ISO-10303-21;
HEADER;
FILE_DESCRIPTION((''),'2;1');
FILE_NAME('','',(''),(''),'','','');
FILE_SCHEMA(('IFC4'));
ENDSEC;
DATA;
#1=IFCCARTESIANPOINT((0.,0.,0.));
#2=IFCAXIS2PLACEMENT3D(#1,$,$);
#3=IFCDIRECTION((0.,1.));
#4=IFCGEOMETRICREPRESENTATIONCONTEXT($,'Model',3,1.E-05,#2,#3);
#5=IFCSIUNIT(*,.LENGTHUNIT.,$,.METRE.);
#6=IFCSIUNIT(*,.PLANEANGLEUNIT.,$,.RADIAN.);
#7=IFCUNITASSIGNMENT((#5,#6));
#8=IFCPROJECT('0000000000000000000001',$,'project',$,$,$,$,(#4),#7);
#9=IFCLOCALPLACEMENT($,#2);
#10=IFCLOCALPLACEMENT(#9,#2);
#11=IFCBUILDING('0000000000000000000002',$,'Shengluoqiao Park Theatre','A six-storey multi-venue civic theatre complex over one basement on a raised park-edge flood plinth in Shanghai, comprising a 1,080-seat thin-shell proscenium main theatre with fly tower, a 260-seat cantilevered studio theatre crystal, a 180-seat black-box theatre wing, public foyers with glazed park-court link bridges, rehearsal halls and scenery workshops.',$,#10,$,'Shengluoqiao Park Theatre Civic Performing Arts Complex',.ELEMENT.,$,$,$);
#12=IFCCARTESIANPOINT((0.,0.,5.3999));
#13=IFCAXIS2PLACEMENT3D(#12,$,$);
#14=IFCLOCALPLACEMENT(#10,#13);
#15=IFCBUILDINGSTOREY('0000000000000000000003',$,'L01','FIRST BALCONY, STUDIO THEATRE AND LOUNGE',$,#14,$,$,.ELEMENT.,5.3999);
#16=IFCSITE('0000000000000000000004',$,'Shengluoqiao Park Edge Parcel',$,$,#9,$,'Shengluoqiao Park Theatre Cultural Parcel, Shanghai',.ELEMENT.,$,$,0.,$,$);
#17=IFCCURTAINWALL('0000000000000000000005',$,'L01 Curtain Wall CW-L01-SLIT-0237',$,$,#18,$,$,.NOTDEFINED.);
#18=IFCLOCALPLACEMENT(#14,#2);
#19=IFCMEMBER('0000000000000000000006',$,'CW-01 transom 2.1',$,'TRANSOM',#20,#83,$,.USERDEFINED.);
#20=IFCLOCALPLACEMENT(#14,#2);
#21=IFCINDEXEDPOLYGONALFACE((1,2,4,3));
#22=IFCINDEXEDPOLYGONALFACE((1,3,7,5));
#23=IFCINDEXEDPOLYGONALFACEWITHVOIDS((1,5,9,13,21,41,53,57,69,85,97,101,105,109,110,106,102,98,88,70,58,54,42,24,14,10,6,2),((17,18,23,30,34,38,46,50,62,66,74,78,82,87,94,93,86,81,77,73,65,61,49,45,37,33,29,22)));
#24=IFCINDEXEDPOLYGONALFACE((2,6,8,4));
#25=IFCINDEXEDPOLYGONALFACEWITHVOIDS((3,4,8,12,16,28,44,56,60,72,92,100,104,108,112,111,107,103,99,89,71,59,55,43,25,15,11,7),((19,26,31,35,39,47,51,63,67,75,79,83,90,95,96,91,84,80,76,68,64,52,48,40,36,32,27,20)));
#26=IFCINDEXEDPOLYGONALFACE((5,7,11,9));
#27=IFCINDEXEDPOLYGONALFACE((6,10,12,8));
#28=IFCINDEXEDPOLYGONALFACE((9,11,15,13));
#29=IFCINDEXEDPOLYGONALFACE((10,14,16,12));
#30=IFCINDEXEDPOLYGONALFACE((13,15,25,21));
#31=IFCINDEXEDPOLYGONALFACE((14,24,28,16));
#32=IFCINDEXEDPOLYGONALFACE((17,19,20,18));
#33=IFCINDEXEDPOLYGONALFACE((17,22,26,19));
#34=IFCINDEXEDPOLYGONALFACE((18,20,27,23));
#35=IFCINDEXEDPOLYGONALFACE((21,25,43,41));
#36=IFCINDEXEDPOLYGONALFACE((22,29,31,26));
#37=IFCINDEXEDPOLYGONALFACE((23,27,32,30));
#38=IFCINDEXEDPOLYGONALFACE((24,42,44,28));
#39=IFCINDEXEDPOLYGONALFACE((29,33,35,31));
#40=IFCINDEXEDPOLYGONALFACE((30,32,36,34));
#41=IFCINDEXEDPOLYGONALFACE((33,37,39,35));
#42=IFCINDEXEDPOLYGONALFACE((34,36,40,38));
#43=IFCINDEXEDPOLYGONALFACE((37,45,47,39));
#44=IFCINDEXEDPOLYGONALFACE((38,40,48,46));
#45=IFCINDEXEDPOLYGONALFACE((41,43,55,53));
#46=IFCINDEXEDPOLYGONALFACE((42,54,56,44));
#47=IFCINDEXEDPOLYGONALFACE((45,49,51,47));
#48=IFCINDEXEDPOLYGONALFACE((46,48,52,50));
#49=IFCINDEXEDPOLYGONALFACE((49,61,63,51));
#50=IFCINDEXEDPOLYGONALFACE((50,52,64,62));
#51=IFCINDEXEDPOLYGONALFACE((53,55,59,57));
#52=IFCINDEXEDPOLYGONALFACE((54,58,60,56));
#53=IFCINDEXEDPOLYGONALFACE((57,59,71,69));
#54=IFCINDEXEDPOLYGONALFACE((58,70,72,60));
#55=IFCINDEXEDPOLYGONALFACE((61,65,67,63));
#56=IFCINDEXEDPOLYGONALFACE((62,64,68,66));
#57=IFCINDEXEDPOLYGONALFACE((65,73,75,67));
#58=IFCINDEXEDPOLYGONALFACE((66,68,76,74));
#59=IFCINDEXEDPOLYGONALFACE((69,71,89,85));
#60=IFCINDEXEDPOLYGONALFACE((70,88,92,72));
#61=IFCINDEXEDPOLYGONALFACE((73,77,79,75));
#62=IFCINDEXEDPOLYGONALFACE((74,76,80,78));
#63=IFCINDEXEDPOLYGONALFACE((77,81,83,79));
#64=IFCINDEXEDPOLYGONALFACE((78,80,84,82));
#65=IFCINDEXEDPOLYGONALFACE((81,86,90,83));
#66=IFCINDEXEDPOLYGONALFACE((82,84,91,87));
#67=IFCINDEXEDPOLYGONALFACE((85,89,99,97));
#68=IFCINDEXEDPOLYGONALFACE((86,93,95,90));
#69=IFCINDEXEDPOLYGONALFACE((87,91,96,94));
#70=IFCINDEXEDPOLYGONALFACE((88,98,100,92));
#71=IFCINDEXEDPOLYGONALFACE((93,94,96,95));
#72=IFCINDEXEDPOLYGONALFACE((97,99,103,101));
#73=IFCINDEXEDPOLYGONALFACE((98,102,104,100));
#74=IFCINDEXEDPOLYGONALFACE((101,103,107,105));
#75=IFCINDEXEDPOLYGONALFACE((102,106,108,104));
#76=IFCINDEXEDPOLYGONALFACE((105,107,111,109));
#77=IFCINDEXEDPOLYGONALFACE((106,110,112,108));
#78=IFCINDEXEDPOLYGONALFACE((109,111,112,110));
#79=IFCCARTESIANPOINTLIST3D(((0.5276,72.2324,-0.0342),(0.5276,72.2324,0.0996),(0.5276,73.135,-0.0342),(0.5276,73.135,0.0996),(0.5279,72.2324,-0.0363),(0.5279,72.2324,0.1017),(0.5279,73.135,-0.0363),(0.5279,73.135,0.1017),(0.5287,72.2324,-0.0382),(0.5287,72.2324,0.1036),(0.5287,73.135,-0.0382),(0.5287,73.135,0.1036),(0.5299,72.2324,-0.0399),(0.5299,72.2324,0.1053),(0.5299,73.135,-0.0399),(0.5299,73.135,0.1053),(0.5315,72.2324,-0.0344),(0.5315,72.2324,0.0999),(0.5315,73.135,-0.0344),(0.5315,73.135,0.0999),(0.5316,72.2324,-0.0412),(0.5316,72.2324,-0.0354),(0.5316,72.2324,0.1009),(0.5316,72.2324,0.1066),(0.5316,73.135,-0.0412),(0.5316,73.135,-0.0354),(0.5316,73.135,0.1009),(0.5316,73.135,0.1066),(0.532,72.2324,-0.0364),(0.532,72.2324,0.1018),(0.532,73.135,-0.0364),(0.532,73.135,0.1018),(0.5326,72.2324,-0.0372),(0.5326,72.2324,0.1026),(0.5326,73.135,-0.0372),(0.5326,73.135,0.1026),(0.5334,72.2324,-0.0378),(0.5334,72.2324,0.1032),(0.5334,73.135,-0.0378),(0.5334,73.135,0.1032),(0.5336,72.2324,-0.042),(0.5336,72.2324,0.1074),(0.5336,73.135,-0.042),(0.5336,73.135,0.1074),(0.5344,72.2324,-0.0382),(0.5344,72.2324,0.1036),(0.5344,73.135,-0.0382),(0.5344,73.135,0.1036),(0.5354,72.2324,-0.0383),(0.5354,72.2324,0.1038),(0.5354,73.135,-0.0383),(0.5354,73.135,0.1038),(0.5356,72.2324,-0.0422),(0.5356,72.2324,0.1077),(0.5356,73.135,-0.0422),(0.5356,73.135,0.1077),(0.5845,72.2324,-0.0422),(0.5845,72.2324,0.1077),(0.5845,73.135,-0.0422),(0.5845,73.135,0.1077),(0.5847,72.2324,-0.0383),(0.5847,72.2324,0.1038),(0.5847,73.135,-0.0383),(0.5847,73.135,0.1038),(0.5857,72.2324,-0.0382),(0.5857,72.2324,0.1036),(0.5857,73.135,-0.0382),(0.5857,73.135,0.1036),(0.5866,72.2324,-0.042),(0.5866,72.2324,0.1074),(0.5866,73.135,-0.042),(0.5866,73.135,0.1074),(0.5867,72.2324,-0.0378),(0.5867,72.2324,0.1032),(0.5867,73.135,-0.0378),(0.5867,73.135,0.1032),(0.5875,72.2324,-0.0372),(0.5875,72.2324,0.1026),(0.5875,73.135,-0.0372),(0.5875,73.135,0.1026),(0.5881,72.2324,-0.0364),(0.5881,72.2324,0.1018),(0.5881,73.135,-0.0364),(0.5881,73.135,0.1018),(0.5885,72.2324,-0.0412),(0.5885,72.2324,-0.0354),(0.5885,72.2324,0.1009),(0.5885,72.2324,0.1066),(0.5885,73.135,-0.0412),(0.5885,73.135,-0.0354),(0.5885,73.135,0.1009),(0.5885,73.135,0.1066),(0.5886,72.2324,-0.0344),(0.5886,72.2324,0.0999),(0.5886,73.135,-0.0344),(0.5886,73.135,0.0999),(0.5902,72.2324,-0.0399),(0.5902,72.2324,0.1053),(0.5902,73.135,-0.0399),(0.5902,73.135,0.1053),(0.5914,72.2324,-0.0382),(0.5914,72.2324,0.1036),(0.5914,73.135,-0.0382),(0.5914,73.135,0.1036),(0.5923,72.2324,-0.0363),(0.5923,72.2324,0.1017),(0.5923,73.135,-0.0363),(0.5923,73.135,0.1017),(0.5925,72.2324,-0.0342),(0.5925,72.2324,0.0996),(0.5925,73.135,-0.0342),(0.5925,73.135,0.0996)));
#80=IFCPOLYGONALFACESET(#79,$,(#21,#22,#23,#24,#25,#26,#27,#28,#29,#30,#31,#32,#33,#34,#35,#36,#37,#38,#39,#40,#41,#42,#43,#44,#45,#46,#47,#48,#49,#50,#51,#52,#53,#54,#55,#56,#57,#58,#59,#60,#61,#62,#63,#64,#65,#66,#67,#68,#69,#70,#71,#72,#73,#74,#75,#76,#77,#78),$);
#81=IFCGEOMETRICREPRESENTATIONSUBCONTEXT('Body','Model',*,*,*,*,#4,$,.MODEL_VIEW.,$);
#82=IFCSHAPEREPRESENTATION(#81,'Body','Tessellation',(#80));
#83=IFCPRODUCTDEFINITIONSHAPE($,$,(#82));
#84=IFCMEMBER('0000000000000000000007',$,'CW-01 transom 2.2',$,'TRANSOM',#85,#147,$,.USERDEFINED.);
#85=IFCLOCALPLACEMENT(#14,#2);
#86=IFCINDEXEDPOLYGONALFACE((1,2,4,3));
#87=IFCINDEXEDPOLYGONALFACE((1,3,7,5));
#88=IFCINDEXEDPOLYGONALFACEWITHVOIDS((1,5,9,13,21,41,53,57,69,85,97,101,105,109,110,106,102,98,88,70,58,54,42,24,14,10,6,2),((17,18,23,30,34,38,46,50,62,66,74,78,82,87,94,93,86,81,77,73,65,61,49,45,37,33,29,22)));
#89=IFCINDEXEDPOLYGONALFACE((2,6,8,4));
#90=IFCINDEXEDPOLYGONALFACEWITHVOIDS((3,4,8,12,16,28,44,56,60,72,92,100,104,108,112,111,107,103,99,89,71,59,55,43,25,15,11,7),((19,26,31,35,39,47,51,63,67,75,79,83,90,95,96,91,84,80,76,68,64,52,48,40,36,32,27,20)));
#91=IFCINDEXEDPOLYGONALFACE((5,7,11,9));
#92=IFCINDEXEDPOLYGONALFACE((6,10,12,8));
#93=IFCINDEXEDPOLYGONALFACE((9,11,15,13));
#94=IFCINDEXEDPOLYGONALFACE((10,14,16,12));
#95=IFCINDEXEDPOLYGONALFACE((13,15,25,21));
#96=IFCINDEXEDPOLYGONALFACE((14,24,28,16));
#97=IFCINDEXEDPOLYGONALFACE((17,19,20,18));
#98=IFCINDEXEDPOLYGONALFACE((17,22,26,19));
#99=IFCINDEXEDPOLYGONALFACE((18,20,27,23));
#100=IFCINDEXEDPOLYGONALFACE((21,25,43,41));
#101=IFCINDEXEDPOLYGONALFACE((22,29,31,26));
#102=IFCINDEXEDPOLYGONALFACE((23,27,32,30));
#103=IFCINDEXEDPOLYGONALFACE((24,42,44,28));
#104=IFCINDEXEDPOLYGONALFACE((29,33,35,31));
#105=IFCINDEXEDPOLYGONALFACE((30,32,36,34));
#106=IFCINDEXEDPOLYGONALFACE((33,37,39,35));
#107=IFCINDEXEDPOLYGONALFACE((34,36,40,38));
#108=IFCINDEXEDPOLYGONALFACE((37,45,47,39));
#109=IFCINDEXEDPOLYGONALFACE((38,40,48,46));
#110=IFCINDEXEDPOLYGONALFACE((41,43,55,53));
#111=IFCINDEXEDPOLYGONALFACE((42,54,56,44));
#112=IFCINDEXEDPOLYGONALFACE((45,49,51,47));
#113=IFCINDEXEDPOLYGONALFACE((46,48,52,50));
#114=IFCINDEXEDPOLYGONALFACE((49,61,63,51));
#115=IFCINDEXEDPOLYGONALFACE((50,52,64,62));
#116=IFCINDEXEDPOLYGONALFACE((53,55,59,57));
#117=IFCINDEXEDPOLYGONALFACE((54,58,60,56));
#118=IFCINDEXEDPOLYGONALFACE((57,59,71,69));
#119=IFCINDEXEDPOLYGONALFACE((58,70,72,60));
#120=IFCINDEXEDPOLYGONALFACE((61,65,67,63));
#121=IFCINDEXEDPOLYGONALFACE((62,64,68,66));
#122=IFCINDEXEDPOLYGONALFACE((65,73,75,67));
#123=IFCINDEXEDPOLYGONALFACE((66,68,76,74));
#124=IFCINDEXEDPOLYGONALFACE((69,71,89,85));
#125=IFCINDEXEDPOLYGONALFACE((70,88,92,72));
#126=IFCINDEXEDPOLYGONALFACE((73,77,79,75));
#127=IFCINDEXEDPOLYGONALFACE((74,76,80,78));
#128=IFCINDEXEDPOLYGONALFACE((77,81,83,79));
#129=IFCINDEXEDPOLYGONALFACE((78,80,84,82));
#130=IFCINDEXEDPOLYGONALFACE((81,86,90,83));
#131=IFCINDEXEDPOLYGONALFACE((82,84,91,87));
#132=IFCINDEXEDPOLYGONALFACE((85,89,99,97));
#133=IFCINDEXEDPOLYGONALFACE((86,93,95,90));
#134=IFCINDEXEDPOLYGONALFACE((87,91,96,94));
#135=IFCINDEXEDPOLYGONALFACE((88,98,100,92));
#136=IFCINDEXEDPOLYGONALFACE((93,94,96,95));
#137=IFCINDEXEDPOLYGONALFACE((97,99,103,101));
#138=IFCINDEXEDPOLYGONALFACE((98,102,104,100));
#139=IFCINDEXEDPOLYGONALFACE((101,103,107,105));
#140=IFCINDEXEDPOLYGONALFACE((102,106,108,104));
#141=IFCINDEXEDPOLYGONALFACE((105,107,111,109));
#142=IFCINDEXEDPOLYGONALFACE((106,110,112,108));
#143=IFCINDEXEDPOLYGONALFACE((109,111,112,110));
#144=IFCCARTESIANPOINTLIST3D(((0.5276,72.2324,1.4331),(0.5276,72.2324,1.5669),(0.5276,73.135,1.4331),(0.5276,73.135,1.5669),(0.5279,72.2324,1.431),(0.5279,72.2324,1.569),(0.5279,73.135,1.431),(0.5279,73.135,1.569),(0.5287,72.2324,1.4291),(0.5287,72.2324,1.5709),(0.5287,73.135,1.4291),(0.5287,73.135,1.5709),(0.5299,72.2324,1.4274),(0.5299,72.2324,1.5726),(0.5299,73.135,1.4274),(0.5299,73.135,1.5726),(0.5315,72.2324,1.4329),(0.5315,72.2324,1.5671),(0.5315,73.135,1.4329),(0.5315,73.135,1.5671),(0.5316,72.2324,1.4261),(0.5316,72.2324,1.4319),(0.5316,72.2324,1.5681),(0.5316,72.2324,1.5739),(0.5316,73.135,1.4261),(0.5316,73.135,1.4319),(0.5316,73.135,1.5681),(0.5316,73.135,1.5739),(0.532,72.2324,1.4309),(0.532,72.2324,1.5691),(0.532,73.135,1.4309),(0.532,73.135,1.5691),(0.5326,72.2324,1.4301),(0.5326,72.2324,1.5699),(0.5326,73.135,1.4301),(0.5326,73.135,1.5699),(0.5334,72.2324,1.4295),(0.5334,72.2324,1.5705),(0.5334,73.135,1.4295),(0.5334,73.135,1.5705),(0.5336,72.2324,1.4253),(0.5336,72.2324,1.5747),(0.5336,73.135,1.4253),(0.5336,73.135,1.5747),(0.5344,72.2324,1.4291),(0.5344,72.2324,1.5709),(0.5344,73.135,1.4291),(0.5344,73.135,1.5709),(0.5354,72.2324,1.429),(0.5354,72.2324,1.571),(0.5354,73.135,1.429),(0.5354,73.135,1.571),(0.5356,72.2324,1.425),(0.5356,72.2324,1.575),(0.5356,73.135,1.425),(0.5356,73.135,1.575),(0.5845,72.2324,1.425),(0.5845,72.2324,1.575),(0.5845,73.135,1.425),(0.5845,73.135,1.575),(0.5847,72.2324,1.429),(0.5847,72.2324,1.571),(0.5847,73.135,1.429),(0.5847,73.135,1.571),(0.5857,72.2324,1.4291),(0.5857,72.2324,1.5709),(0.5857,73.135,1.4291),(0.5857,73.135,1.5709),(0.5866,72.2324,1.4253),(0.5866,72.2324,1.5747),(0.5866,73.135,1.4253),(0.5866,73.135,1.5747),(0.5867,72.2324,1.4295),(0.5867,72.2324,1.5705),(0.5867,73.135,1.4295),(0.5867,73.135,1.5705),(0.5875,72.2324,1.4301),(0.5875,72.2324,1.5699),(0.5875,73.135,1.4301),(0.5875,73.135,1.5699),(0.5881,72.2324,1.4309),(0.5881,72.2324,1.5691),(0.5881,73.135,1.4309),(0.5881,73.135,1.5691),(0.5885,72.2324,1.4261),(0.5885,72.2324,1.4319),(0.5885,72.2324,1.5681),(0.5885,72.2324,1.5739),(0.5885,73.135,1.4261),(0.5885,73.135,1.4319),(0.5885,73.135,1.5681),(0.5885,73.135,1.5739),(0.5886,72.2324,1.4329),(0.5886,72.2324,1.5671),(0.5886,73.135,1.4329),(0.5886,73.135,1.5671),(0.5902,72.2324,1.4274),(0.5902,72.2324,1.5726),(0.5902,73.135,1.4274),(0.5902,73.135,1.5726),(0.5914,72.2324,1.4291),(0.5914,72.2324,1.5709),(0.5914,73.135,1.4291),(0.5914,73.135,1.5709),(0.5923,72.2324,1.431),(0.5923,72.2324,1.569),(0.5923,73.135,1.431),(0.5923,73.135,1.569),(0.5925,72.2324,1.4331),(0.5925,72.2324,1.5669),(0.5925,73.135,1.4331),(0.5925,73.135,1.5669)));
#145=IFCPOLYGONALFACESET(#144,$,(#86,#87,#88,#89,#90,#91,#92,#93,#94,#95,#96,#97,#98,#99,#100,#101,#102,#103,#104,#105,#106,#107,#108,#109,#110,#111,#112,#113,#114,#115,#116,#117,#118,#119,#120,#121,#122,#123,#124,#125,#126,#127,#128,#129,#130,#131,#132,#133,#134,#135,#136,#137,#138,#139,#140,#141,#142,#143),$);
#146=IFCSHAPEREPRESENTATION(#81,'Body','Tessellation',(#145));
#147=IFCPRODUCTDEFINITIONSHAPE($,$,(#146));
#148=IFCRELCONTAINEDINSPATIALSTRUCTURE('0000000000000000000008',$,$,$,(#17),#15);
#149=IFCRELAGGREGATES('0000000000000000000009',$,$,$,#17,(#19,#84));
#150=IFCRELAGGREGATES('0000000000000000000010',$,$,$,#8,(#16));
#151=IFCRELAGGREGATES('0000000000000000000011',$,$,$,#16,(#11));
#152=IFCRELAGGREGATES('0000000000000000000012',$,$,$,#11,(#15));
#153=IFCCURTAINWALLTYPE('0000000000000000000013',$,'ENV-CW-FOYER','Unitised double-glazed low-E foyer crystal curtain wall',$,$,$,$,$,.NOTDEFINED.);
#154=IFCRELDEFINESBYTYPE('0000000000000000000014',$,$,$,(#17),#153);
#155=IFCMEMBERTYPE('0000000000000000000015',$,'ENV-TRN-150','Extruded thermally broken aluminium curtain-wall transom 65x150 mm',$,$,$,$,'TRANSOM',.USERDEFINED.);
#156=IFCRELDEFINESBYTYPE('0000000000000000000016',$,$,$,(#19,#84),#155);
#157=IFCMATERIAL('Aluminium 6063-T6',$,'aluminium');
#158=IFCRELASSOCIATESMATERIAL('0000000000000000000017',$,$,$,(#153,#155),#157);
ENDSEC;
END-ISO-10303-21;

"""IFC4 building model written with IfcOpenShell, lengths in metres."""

from ifc_helpers import new_model, si_unit, direction, frame, origin, origin_2d, place, context, subcontext, project, spatial, hollow_rectangle, extrude, material, material_profile, profile_set, type_object, element, aggregate, save


model = new_model("IFC4")

# Units and contexts
model_context = context("Model", 3, precision=1e-05, world=origin(), true_north=direction((0.0, 1.0)))
body_context = subcontext(model_context, "Body", "Model", "MODEL_VIEW")
ifc_project = project(units=[si_unit("LENGTHUNIT", "METRE"), si_unit("PLANEANGLEUNIT", "RADIAN")], contexts=[model_context])

# Site, building, storey
site_placement = place(None, origin())
site = spatial("IfcSite", under=ifc_project, at=site_placement, Name="Shengluoqiao Park Edge Parcel", LongName="Shengluoqiao Park Theatre Cultural Parcel, Shanghai", CompositionType="ELEMENT", RefElevation=0.0)
building_placement = place(site_placement, origin())
building = spatial("IfcBuilding", under=site, at=building_placement, Name="Shengluoqiao Park Theatre", Description="A six-storey multi-venue civic theatre complex over one basement on a raised park-edge flood plinth in Shanghai, comprising a 1,080-seat thin-shell proscenium main theatre with fly tower, a 260-seat cantilevered studio theatre crystal, a 180-seat black-box theatre wing, public foyers with glazed park-court link bridges, rehearsal halls and scenery workshops.", LongName="Shengluoqiao Park Theatre Civic Performing Arts Complex", CompositionType="ELEMENT")
storey_placement = place(building_placement, frame((0.0, 0.0, 5.3999)))
storey = spatial("IfcBuildingStorey", under=building, at=storey_placement, Name="L01", Description="FIRST BALCONY, STUDIO THEATRE AND LOUNGE", CompositionType="ELEMENT", Elevation=5.3999)

# Curtain wall, members
ifc_material_1 = material(Name="Aluminium 6063-T6", Category="aluminium")
curtain_wall_type = type_object("IfcCurtainWallType", Name="ENV-CW-FOYER", Description="Unitised double-glazed low-E foyer crystal curtain wall", PredefinedType="NOTDEFINED", material=ifc_material_1)
curtain_wall_placement = place(storey_placement, origin())
curtain_wall = element("IfcCurtainWall", 1, at=curtain_wall_placement, inside=storey, type_object=curtain_wall_type, Name="L01 Curtain Wall CW-L01-SLIT-0237", PredefinedType="NOTDEFINED")
ifc_material_profile_1 = material_profile(ifc_material_1, hollow_rectangle(XDim=0.0649, YDim=0.1499, WallThickness=0.0039, InnerFilletRadius=0.0039, OuterFilletRadius=0.0081, at=origin_2d()), Name="ALU TRANSOM 150x65x4")
ifc_profile_set_1 = profile_set([ifc_material_profile_1], Name="Aluminium 6063-T6")
member_type_1 = type_object("IfcMemberType", Name="ENV-TRN-150", Description="Extruded thermally broken aluminium curtain-wall transom 65x150 mm", ElementType="TRANSOM", PredefinedType="USERDEFINED", material=ifc_profile_set_1)
member_1_placement = place(storey_placement, frame((0.5601, 72.2324, 0.0327), z_axis=(0.0, 1.0, 0.0), x_axis=(-1.0, 0.0, 0.0)))
member_1 = element("IfcMember", 2, at=member_1_placement, type_object=member_type_1, Name="CW-01 transom 2.1", ObjectType="TRANSOM", PredefinedType="USERDEFINED", context=body_context, shape_type="SweptSolid", body=[
    extrude(hollow_rectangle(XDim=0.0649, YDim=0.1499, WallThickness=0.0039, InnerFilletRadius=0.0039, OuterFilletRadius=0.0081, at=origin_2d()), origin(), (0.0, 0.0, 1.0), 0.9026),
])
member_2_placement = place(storey_placement, frame((0.5601, 72.2324, 1.5), z_axis=(0.0, 1.0, 0.0), x_axis=(-1.0, 0.0, 0.0)))
member_2 = element("IfcMember", 3, at=member_2_placement, type_object=member_type_1, Name="CW-01 transom 2.2", ObjectType="TRANSOM", PredefinedType="USERDEFINED", context=body_context, shape_type="SweptSolid", body=[
    extrude(hollow_rectangle(XDim=0.0649, YDim=0.1499, WallThickness=0.0039, InnerFilletRadius=0.0039, OuterFilletRadius=0.0081, at=origin_2d()), origin(), (0.0, 0.0, 1.0), 0.9026),
])

aggregate(curtain_wall, [member_1, member_2])

save(model, "model.ifc")
